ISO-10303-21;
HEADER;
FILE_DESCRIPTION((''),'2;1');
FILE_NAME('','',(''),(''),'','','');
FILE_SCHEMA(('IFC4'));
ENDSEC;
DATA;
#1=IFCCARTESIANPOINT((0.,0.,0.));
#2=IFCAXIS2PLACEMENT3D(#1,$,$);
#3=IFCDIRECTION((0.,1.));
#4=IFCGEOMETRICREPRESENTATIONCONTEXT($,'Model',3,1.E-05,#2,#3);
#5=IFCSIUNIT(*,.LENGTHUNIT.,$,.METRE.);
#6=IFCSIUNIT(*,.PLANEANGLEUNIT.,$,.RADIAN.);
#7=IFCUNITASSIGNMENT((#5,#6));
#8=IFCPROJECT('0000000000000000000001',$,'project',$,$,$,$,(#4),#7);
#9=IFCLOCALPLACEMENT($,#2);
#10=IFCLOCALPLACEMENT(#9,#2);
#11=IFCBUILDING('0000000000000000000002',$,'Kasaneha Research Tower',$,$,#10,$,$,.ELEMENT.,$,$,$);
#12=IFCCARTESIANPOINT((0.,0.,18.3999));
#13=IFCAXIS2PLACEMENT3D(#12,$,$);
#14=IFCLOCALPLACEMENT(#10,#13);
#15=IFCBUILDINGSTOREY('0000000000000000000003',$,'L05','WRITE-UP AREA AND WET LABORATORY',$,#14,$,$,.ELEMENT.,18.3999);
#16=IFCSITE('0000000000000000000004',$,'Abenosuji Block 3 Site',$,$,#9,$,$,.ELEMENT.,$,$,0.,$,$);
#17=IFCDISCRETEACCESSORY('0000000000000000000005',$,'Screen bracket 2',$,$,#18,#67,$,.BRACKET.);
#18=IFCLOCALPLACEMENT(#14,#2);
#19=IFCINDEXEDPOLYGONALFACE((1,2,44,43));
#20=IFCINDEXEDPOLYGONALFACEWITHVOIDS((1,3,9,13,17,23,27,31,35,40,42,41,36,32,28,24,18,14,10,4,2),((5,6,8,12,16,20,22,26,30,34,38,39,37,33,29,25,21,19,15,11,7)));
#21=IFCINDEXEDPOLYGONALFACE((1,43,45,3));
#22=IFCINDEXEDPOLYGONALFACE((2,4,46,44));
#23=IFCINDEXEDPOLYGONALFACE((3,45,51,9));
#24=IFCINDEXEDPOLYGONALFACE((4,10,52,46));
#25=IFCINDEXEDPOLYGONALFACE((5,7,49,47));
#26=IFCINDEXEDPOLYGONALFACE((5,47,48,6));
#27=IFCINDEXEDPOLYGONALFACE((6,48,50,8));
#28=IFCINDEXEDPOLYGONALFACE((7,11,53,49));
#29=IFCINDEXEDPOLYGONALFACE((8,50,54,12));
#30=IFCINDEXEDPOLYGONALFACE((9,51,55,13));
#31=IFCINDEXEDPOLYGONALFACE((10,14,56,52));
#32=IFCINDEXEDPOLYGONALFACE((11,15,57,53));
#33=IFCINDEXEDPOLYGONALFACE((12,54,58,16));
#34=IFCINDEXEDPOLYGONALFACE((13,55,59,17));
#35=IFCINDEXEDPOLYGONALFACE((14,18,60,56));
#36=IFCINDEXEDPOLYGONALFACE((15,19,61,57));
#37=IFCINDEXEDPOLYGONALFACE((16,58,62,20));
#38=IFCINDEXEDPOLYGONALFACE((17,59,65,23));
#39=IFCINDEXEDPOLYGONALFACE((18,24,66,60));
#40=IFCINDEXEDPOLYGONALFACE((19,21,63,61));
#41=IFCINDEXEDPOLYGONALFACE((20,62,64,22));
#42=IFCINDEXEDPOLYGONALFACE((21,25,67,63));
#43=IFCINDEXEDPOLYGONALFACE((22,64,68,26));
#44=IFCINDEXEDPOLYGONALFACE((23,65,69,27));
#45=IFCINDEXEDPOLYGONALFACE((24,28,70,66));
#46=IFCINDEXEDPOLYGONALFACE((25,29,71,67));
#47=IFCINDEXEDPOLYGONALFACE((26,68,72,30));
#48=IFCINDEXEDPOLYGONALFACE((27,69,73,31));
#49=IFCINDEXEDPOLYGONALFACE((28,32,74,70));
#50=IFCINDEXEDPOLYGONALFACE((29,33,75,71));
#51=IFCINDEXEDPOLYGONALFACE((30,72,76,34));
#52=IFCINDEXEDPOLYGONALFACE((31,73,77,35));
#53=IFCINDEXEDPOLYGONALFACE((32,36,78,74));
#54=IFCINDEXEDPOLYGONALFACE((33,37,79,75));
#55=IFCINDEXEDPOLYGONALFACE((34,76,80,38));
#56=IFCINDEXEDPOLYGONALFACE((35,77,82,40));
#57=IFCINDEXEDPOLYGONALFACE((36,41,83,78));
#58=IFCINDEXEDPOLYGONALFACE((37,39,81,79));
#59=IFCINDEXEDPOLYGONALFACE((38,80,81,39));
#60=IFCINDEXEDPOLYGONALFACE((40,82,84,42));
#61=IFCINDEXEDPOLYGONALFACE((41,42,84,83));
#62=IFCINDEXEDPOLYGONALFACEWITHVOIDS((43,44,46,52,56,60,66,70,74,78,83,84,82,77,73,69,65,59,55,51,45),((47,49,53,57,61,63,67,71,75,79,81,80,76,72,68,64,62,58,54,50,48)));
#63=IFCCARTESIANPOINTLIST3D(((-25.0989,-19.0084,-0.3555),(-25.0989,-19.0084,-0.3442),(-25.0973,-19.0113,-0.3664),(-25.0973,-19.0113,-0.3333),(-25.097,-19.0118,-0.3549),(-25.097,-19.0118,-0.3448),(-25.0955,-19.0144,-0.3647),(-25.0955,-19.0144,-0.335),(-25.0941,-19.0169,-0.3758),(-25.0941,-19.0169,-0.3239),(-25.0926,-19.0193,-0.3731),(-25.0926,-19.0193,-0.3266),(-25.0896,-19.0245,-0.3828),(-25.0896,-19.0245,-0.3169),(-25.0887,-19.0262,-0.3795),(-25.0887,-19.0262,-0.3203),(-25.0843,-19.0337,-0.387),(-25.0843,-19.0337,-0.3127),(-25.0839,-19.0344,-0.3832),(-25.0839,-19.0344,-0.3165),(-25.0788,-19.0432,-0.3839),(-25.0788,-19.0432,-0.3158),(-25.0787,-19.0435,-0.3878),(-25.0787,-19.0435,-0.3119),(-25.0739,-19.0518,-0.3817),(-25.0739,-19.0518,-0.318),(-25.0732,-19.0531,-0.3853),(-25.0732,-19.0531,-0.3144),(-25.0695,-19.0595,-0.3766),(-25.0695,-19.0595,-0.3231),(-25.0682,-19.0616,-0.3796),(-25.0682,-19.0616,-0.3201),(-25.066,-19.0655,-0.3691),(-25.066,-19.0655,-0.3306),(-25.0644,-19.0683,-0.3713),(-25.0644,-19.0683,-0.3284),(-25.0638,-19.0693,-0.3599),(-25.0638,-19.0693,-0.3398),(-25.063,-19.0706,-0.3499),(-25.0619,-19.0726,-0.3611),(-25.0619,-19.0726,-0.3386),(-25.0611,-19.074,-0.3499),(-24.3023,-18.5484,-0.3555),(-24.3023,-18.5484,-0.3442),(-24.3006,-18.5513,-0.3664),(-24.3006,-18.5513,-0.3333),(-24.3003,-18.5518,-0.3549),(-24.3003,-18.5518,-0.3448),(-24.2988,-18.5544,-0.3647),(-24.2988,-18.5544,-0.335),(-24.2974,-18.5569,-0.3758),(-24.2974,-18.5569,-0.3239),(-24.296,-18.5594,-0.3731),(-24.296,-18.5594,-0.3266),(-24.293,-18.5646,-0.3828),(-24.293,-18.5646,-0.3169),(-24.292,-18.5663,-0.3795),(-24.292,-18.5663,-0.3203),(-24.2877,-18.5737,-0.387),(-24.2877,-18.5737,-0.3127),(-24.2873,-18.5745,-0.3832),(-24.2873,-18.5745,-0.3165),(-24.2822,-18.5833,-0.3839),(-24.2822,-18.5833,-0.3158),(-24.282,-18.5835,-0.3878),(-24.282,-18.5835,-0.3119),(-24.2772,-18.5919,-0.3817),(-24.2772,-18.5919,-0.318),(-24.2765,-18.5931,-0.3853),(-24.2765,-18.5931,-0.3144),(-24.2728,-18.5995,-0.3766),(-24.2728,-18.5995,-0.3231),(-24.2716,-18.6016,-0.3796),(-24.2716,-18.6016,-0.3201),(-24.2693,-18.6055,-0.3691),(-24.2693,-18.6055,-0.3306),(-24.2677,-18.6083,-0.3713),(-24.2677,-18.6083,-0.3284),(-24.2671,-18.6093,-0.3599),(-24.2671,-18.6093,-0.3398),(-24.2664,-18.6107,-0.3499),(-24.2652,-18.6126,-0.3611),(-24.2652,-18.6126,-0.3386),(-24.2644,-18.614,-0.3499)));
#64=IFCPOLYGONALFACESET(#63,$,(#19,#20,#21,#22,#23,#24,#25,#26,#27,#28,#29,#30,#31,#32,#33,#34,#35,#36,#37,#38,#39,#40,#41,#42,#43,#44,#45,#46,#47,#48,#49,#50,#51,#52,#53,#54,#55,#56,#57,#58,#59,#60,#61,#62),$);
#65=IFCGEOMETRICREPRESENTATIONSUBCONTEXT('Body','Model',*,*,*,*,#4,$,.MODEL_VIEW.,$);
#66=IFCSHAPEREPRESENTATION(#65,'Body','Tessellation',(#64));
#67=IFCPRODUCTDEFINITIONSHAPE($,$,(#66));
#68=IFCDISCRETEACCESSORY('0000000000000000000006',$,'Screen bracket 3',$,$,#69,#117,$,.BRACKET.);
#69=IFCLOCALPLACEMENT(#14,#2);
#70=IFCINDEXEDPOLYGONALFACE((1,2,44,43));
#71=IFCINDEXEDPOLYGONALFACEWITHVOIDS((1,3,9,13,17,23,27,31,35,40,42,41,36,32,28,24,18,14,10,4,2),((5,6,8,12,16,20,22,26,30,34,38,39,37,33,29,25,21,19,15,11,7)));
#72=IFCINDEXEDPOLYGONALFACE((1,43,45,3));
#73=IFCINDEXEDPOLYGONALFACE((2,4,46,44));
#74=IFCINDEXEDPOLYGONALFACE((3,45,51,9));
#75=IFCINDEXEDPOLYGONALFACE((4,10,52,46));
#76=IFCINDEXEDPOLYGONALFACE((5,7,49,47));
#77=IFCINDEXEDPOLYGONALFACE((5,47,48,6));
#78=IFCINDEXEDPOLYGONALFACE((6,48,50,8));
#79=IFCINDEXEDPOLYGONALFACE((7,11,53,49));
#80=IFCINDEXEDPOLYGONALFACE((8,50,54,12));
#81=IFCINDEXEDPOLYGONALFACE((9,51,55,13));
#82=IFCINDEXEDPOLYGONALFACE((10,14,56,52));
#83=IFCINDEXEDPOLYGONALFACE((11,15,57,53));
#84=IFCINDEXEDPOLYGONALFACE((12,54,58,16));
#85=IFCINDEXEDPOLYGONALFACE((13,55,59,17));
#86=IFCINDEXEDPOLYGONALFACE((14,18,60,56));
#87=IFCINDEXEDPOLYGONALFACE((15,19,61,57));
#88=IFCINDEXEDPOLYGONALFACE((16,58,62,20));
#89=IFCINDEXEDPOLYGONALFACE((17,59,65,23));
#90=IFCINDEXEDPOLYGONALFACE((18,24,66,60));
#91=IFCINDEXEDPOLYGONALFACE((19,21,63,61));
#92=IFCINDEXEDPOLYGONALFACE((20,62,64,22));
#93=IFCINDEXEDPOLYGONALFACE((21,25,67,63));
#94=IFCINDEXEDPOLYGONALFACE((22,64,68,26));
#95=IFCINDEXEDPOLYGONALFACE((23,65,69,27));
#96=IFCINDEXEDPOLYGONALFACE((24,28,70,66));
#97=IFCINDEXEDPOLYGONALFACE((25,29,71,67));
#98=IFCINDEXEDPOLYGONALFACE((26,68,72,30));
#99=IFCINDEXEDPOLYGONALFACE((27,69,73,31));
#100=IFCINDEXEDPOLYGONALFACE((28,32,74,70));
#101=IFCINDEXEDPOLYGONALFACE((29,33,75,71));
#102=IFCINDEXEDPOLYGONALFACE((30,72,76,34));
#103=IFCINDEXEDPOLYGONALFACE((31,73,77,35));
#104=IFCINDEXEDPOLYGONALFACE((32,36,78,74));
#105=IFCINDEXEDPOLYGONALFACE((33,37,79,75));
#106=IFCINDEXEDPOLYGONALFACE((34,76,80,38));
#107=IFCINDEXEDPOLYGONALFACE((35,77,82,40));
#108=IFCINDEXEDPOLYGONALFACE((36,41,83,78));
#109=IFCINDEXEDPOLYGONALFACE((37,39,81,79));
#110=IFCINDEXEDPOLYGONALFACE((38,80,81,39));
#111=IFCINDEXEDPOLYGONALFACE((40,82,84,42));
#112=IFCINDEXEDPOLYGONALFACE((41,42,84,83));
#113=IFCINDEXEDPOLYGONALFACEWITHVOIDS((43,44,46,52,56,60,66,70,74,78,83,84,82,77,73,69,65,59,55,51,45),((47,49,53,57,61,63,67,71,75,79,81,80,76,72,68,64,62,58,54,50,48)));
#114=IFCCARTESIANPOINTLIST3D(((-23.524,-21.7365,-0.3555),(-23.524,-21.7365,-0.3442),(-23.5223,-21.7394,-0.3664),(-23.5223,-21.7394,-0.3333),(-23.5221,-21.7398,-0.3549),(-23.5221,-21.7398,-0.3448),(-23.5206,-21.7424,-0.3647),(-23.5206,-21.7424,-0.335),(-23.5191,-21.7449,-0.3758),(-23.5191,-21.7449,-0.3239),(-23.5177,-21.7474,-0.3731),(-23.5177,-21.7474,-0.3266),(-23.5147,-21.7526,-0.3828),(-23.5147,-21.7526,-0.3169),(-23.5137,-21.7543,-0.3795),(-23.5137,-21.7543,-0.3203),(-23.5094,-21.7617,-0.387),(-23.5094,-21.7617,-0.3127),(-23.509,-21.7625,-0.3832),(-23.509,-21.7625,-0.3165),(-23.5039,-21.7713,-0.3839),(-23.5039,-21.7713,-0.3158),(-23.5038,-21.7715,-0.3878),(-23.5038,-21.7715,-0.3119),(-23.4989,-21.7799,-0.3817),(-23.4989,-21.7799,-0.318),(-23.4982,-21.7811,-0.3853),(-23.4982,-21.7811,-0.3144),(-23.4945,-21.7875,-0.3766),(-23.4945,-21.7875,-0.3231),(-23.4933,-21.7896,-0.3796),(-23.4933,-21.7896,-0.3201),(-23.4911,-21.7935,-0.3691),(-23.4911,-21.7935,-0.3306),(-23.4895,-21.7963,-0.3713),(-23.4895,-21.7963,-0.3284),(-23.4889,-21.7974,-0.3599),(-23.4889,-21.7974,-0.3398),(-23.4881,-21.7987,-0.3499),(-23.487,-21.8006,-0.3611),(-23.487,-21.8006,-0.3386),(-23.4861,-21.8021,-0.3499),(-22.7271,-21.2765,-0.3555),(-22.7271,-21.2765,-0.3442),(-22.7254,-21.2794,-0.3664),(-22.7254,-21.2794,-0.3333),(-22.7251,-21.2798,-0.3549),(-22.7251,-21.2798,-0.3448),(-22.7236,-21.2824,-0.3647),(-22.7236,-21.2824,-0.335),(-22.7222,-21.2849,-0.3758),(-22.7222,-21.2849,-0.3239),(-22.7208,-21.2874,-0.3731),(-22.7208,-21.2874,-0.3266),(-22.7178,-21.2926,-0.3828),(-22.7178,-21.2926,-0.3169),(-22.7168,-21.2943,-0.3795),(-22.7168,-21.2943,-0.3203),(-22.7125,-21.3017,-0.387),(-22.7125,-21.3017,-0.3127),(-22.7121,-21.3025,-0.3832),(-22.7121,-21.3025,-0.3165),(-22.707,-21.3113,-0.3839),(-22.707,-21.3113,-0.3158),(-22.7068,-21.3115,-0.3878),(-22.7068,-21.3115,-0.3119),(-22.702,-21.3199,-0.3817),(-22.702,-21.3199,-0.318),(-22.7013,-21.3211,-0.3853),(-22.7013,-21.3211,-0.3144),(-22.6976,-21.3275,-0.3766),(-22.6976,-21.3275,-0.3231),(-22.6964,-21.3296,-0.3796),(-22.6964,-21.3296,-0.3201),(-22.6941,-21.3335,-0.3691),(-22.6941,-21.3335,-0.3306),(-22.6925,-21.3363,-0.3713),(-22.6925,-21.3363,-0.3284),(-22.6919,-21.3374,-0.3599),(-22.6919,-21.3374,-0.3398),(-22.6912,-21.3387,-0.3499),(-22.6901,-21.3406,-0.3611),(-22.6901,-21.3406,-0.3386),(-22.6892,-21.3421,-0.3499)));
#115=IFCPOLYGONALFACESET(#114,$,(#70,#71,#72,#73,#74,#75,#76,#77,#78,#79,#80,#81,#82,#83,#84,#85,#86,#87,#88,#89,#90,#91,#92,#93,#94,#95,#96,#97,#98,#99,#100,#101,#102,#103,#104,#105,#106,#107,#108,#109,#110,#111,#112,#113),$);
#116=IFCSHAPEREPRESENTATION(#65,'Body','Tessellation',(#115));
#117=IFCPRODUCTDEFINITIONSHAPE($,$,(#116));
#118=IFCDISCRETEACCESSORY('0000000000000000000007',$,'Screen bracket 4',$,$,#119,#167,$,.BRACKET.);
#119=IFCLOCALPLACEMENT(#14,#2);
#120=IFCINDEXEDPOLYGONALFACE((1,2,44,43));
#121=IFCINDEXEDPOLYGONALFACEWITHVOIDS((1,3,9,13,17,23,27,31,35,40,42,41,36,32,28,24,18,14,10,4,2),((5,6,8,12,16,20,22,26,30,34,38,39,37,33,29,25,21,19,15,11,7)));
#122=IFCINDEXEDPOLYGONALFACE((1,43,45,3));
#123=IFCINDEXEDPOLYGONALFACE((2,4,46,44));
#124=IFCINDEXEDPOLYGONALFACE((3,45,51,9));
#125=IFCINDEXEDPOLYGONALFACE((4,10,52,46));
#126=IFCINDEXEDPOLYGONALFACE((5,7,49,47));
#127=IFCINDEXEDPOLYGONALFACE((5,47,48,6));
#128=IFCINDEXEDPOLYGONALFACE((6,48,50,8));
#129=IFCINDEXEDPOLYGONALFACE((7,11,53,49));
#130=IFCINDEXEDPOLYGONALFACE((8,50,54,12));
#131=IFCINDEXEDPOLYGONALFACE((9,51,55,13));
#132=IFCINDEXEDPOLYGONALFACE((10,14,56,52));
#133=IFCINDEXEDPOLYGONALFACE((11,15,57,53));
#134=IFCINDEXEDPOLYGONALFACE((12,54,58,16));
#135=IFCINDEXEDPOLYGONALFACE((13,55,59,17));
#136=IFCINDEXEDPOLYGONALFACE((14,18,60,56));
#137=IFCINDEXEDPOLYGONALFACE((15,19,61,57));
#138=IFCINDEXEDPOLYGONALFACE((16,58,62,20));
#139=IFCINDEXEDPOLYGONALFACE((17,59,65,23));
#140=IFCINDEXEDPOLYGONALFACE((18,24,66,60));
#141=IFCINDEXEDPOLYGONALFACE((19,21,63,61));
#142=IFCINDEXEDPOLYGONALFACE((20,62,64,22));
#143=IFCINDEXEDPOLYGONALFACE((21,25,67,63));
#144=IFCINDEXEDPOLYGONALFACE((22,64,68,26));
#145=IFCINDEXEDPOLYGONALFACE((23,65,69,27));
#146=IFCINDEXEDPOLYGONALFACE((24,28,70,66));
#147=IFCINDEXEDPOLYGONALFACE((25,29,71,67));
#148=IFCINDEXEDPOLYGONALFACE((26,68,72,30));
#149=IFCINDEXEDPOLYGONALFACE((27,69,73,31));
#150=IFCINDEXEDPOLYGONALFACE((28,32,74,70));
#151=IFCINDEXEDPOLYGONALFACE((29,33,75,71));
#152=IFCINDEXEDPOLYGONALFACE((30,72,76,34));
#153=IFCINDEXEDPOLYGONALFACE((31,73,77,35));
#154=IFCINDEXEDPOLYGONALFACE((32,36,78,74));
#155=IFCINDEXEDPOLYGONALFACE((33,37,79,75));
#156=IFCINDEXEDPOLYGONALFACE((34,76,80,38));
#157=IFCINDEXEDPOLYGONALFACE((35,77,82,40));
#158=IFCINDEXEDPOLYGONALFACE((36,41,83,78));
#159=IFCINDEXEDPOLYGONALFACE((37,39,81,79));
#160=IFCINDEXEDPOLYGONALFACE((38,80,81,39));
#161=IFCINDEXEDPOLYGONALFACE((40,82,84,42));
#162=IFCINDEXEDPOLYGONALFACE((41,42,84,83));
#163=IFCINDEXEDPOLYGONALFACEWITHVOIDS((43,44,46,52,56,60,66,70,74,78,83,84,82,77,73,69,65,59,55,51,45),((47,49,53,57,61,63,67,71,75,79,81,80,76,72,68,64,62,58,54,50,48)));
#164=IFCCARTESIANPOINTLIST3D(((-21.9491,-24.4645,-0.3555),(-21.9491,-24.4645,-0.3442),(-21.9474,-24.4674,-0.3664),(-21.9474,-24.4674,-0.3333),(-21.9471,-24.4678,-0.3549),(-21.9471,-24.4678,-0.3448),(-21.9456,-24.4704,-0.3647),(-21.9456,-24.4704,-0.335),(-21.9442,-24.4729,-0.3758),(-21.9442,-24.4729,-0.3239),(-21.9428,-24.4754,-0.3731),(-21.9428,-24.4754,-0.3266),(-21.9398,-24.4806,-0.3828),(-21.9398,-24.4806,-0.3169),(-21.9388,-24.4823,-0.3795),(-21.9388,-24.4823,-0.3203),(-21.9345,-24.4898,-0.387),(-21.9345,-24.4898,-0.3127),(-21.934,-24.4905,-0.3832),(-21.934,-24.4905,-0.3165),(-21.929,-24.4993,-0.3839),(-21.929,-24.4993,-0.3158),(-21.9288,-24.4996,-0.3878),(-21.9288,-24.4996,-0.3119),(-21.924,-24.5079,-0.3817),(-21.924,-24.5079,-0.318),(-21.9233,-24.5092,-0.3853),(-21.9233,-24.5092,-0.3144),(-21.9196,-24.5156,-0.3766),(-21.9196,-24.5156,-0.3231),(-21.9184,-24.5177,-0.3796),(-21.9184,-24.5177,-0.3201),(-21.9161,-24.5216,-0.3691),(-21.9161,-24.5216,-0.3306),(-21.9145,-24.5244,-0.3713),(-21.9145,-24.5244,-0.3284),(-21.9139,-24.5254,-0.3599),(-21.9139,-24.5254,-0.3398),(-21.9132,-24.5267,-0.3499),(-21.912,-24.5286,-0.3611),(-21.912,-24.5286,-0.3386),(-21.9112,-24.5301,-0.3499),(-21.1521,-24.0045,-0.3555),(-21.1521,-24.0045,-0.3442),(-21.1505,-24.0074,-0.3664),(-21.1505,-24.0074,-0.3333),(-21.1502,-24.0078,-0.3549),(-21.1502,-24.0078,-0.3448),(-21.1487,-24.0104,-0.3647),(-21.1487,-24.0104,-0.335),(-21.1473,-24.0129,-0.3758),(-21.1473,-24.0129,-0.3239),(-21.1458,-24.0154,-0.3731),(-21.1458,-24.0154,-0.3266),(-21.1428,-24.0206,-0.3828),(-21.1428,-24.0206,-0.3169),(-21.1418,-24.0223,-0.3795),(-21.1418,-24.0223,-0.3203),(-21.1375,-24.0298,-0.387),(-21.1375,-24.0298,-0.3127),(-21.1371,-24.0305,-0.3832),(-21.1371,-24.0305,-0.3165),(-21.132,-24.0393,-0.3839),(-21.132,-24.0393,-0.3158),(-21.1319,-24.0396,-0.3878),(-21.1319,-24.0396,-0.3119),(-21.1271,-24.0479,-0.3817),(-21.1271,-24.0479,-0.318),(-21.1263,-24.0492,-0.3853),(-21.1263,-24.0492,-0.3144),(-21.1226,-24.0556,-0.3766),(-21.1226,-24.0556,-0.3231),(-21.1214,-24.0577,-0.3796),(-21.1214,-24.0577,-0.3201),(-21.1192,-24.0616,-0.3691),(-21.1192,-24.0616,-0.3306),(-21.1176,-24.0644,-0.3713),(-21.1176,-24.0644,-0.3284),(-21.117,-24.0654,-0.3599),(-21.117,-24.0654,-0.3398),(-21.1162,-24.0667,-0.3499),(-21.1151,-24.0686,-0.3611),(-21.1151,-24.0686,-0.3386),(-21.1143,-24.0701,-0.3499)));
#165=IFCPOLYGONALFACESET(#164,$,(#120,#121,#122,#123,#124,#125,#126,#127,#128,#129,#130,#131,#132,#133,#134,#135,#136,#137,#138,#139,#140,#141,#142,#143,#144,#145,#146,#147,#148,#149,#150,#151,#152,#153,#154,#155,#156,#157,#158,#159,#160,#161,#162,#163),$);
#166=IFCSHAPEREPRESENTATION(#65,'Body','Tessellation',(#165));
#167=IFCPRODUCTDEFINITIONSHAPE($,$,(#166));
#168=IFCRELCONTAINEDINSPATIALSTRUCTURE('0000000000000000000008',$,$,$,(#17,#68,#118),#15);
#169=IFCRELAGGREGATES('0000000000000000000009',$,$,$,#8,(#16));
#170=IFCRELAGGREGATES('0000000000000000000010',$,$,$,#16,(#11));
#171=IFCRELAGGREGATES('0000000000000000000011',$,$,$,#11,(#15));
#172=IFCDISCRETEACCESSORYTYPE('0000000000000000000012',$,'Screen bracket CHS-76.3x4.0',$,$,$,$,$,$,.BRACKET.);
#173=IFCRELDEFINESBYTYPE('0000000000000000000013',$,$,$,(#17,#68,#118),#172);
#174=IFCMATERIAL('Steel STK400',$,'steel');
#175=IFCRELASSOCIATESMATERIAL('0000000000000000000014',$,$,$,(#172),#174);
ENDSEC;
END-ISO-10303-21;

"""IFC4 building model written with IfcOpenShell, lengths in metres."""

from ifc_helpers import new_model, si_unit, direction, frame, origin, origin_2d, place, context, subcontext, project, spatial, hollow_circle, extrude, material, material_profile, profile_set, type_object, element, save


model = new_model("IFC4")

# Units and contexts
model_context = context("Model", 3, precision=1e-05, world=origin(), true_north=direction((0.0, 1.0)))
body_context = subcontext(model_context, "Body", "Model", "MODEL_VIEW")
ifc_project = project(units=[si_unit("LENGTHUNIT", "METRE"), si_unit("PLANEANGLEUNIT", "RADIAN")], contexts=[model_context])

# Site, building, storey
site_placement = place(None, origin())
site = spatial("IfcSite", under=ifc_project, at=site_placement, Name="Abenosuji Block 3 Site", CompositionType="ELEMENT", RefElevation=0.0)
building_placement = place(site_placement, origin())
building = spatial("IfcBuilding", under=site, at=building_placement, Name="Kasaneha Research Tower", CompositionType="ELEMENT")
storey_placement = place(building_placement, frame((0.0, 0.0, 18.3999)))
storey = spatial("IfcBuildingStorey", under=building, at=storey_placement, Name="L05", Description="WRITE-UP AREA AND WET LABORATORY", CompositionType="ELEMENT", Elevation=18.3999)

# Discrete accessories
ifc_material_1 = material(Name="Steel STK400", Category="steel")
ifc_material_profile_1 = material_profile(ifc_material_1, hollow_circle(Radius=0.0381, WallThickness=0.0039, at=origin_2d()), Name="CHS-76.3x4.0")
ifc_profile_set_1 = profile_set([ifc_material_profile_1], Name="Steel STK400")
discrete_accessory_type = type_object("IfcDiscreteAccessoryType", Name="Screen bracket CHS-76.3x4.0", PredefinedType="BRACKET", material=ifc_profile_set_1)
for number, where, z_axis, x_axis, name in (
    (1, (-24.2834, -18.5811, -0.3499), (-0.866013, -0.500021, 0.0), (0.500021, -0.866013, 0.0), "Screen bracket 2"),
):
    element("IfcDiscreteAccessory", number, at=place(storey_placement, frame(where, z_axis=z_axis, x_axis=x_axis)), inside=storey, type_object=discrete_accessory_type, Name=name, PredefinedType="BRACKET", context=body_context, shape_type="SweptSolid", body=[
        extrude(hollow_circle(Radius=0.0381, WallThickness=0.0039, at=origin_2d()), origin(), (0.0, 0.0, 1.0), 0.9199),
    ])
for number, where, z_axis, x_axis, name in (
    (2, (-22.7083, -21.3091, -0.3499), (-0.86608, -0.499906, 0.0), (0.499906, -0.86608, 0.0), "Screen bracket 3"),
    (3, (-21.1333, -24.0371, -0.3499), (-0.86608, -0.499906, 0.0), (0.499906, -0.86608, 0.0), "Screen bracket 4"),
):
    element("IfcDiscreteAccessory", number, at=place(storey_placement, frame(where, z_axis=z_axis, x_axis=x_axis)), inside=storey, type_object=discrete_accessory_type, Name=name, PredefinedType="BRACKET", context=body_context, shape_type="SweptSolid", body=[
        extrude(hollow_circle(Radius=0.0381, WallThickness=0.0039, at=origin_2d()), origin(), (0.0, 0.0, 1.0), 0.9202),
    ])

save(model, "model.ifc")
